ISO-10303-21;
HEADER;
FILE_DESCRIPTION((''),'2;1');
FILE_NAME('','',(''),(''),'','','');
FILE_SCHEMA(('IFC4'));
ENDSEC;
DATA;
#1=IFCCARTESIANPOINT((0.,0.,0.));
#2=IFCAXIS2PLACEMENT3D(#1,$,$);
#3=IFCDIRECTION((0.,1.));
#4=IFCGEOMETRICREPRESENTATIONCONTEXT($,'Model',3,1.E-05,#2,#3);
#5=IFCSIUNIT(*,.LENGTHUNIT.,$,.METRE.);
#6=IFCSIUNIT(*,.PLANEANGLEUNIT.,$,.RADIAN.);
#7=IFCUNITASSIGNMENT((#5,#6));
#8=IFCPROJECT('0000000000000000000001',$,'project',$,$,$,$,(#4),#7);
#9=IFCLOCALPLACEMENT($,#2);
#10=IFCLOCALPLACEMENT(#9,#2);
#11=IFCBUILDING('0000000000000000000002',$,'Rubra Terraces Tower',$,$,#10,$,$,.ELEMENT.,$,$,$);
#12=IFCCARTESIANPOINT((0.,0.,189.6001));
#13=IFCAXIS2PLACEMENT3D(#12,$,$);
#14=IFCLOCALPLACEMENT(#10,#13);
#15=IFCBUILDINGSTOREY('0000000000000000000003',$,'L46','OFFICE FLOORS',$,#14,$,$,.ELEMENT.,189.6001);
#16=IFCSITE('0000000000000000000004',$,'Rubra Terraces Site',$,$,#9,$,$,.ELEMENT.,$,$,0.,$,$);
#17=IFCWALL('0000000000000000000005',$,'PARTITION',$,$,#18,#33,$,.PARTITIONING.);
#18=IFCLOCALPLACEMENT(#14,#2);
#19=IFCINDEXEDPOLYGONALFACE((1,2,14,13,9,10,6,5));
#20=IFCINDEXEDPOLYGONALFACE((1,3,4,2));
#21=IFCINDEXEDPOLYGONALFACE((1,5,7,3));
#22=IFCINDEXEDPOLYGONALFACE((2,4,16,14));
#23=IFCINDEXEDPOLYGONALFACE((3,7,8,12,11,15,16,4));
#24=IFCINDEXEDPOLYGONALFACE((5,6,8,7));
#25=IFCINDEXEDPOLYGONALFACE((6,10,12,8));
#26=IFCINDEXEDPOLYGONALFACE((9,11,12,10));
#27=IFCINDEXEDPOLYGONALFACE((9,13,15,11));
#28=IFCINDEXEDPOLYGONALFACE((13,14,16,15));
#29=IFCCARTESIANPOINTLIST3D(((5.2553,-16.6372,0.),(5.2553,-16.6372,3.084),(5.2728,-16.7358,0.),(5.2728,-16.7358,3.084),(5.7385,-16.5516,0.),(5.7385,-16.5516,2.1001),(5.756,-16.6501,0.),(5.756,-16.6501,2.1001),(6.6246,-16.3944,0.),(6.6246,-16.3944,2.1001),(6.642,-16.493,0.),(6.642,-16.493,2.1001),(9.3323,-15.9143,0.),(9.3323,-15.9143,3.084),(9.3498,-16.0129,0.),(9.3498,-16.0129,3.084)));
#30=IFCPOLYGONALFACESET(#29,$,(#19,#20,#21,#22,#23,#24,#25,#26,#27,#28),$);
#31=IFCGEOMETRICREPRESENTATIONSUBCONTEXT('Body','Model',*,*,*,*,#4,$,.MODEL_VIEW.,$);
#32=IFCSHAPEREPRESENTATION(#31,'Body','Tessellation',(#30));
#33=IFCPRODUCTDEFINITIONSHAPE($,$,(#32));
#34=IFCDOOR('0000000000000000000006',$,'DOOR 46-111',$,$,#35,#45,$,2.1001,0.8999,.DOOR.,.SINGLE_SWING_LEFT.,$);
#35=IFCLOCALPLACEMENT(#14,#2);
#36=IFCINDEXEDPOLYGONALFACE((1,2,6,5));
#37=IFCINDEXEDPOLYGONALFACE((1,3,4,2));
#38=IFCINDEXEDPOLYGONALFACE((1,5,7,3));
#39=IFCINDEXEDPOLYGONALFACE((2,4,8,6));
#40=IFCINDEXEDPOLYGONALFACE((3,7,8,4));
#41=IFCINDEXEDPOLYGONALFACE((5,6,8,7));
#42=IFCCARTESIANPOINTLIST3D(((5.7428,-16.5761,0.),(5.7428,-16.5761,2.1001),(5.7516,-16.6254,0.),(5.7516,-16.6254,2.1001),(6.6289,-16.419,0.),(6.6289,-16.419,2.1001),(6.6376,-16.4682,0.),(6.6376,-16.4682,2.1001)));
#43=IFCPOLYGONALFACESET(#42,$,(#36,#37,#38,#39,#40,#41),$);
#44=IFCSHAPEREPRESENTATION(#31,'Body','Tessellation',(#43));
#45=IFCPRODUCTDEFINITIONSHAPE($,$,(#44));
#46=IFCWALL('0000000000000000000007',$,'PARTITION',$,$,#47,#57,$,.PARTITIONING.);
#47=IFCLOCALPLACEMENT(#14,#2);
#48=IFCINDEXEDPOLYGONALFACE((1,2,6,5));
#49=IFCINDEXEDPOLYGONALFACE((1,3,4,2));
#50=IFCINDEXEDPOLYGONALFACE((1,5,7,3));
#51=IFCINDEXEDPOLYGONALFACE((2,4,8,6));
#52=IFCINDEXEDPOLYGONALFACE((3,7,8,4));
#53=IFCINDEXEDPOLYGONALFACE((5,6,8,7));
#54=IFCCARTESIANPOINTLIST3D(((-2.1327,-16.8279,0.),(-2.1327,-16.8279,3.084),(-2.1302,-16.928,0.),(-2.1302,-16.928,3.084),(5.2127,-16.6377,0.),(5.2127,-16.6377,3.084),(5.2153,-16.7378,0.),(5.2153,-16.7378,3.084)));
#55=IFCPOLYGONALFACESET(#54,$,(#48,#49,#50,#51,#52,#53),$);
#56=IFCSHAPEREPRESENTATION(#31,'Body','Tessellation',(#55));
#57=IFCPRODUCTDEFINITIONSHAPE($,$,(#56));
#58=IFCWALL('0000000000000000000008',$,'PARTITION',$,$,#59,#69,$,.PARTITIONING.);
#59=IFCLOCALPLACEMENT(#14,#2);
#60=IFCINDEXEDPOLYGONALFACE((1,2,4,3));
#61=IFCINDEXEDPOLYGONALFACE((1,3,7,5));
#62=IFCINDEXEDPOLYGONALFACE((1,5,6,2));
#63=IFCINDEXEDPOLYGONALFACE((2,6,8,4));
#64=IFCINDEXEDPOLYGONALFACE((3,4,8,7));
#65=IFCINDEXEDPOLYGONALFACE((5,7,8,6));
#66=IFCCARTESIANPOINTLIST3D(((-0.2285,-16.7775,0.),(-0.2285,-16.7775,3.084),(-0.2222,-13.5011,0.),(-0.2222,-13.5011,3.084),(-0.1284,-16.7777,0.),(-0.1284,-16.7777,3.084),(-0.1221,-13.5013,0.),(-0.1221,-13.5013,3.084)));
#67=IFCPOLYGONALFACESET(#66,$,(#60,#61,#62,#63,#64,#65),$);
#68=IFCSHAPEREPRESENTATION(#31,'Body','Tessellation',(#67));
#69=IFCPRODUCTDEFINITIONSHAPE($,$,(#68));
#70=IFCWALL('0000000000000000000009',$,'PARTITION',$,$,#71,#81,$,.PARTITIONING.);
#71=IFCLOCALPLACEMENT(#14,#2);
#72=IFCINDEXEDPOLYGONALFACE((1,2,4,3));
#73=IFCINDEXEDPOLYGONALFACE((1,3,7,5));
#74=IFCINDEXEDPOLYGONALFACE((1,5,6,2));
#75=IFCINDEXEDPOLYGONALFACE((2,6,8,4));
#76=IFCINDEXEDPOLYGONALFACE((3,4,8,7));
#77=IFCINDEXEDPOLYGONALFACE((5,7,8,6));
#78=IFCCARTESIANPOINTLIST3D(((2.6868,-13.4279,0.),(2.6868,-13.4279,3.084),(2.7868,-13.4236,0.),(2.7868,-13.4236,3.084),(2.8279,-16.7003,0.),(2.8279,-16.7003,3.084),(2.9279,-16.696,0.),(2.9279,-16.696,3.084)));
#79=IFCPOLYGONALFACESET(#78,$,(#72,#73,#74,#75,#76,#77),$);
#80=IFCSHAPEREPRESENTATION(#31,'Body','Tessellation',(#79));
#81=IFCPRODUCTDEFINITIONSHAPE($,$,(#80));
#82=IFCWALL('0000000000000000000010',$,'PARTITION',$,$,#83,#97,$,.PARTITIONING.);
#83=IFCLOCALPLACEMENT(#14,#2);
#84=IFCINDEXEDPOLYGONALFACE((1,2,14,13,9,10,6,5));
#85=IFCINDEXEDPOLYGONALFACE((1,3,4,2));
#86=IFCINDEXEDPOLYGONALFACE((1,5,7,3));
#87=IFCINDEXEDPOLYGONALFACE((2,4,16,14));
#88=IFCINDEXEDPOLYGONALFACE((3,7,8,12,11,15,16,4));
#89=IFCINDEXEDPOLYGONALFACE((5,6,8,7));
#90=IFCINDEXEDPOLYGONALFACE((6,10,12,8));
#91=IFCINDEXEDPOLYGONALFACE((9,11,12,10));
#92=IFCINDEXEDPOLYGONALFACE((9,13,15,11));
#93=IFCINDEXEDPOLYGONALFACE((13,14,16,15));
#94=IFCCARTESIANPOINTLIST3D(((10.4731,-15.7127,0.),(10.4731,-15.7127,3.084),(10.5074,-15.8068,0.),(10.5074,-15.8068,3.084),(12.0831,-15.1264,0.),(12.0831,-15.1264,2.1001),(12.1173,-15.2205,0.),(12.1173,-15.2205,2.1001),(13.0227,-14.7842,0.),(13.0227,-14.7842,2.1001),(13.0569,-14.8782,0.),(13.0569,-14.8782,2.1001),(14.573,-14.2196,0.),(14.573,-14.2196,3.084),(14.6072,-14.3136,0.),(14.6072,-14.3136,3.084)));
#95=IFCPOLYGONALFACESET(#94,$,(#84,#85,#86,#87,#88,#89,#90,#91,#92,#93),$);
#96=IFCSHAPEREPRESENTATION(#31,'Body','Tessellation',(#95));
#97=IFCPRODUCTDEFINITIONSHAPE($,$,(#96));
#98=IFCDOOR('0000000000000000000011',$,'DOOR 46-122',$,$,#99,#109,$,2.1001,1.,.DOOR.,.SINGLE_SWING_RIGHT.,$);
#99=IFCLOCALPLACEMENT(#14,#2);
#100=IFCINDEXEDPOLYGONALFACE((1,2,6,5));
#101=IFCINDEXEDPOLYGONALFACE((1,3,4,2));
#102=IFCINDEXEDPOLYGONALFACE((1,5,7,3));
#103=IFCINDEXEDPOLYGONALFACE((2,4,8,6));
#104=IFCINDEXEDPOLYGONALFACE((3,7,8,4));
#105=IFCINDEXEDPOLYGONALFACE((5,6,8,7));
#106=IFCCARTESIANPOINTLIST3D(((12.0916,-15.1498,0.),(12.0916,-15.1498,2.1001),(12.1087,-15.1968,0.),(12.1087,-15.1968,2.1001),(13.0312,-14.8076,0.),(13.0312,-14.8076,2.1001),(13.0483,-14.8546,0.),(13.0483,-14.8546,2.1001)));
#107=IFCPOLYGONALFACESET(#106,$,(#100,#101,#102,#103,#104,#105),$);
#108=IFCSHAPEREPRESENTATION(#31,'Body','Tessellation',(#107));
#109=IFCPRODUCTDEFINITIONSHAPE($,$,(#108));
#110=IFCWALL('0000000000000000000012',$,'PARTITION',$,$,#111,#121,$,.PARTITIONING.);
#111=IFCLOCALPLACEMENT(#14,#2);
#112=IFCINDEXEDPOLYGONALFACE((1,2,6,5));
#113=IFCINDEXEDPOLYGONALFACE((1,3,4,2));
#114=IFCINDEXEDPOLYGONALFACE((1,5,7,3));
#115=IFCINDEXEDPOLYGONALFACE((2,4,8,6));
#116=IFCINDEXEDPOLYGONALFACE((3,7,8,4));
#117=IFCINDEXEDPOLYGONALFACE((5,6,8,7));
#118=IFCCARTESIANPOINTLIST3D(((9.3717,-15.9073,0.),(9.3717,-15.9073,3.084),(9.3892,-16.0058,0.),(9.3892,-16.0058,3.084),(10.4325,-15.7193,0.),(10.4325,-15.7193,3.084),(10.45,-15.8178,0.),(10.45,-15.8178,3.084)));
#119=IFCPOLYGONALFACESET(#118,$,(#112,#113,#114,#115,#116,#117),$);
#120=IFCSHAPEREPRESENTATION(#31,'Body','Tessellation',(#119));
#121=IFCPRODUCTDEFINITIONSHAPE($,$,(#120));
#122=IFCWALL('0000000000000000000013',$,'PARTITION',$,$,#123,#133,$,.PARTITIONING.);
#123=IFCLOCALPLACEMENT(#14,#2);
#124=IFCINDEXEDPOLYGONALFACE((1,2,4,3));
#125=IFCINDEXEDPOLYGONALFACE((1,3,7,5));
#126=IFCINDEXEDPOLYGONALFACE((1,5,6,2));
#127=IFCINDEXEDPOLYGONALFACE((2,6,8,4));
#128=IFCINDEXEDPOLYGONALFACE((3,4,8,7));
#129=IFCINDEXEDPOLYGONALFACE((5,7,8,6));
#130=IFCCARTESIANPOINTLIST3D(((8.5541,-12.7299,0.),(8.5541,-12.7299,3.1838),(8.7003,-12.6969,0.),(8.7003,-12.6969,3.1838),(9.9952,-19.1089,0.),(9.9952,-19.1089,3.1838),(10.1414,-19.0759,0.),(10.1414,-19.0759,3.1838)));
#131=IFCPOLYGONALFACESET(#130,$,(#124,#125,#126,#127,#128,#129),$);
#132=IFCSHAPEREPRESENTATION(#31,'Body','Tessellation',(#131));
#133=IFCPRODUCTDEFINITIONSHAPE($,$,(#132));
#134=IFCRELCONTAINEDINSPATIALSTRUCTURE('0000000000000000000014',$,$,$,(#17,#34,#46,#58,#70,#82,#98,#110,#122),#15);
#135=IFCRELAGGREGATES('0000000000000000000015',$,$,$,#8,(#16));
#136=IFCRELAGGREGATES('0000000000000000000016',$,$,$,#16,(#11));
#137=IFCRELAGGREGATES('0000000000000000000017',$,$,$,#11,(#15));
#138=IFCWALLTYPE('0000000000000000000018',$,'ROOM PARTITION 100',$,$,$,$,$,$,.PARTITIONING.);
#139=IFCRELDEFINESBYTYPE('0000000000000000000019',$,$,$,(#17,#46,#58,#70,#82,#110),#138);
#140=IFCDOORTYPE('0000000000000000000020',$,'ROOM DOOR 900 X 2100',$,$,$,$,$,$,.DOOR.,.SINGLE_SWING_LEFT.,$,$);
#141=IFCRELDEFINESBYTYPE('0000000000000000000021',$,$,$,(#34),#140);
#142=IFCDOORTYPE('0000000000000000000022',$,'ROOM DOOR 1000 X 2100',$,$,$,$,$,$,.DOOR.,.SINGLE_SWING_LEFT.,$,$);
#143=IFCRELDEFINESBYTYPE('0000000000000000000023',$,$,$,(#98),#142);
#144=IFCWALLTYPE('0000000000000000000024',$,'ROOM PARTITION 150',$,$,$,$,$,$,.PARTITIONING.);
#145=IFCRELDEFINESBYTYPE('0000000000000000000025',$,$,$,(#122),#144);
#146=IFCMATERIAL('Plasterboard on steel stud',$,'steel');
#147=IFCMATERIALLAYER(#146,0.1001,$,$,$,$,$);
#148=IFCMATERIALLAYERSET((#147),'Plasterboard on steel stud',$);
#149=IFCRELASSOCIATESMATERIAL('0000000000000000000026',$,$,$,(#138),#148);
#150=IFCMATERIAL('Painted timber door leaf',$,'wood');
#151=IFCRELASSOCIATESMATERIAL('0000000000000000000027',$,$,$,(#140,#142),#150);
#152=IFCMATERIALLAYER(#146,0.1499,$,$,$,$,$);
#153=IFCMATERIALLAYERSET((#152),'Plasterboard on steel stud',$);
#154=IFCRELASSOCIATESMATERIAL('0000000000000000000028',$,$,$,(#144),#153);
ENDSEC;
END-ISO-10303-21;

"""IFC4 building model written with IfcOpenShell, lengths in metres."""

from ifc_helpers import new_model, si_unit, direction, frame, frame_2d, origin, place, context, subcontext, project, spatial, rectangle, extrude, material, layer, layer_set, type_object, element, fill, save


model = new_model("IFC4")

# Units and contexts
model_context = context("Model", 3, precision=1e-05, world=origin(), true_north=direction((0.0, 1.0)))
body_context = subcontext(model_context, "Body", "Model", "MODEL_VIEW")
ifc_project = project(units=[si_unit("LENGTHUNIT", "METRE"), si_unit("PLANEANGLEUNIT", "RADIAN")], contexts=[model_context])

# Site, building, storey
site_placement = place(None, origin())
site = spatial("IfcSite", under=ifc_project, at=site_placement, Name="Rubra Terraces Site", CompositionType="ELEMENT", RefElevation=0.0)
building_placement = place(site_placement, origin())
building = spatial("IfcBuilding", under=site, at=building_placement, Name="Rubra Terraces Tower", CompositionType="ELEMENT")
storey_placement = place(building_placement, frame((0.0, 0.0, 189.6001)))
storey = spatial("IfcBuildingStorey", under=building, at=storey_placement, Name="L46", Description="OFFICE FLOORS", CompositionType="ELEMENT", Elevation=189.6001)

# Wall, opening, door
ifc_material_1 = material(Name="Plasterboard on steel stud", Category="steel")
ifc_layer_1 = layer(ifc_material_1, 0.1001)
ifc_layer_set_1 = layer_set([ifc_layer_1], Name="Plasterboard on steel stud")
wall_type_1 = type_object("IfcWallType", Name="ROOM PARTITION 100", PredefinedType="PARTITIONING", material=ifc_layer_set_1)
wall_1_placement = place(storey_placement, frame((9.3411, -15.9636, 0.0), z_axis=(0.0, 0.0, 1.0), x_axis=(-0.984643, -0.174582, 0.0)))
wall_1 = element("IfcWall", 1, at=wall_1_placement, inside=storey, type_object=wall_type_1, Name="PARTITION", PredefinedType="PARTITIONING", context=body_context, shape_type="SweptSolid", body=[
    extrude(rectangle(XDim=4.1406, YDim=0.1001, at=frame_2d((2.0703, 0.0))), origin(), (0.0, 0.0, 1.0), 3.084),
])
opening_1_placement = place(wall_1_placement, frame((2.75, 0.0, 0.0)))
opening_1 = element("IfcOpeningElement", 2, at=opening_1_placement, cuts=wall_1, PredefinedType="OPENING", context=body_context, shape_type="SweptSolid", body=[
    extrude(rectangle(XDim=0.8999, YDim=2.1001, at=frame_2d((0.45, 1.05))), frame((0.0, 0.0601, 0.0), z_axis=(0.0, -1.0, 0.0), x_axis=(1.0, 0.0, 0.0)), (0.0, 0.0, 1.0), 0.1201),
])
ifc_material_2 = material(Name="Painted timber door leaf", Category="wood")
door_type_1 = type_object("IfcDoorType", Name="ROOM DOOR 900 X 2100", OperationType="SINGLE_SWING_LEFT", PredefinedType="DOOR", material=ifc_material_2)
door_1_placement = place(opening_1_placement, origin())
door_1 = element("IfcDoor", 3, at=door_1_placement, inside=storey, type_object=door_type_1, Name="DOOR 46-111", OperationType="SINGLE_SWING_LEFT", OverallHeight=2.1001, OverallWidth=0.8999, PredefinedType="DOOR", context=body_context, shape_type="SweptSolid", body=[
    extrude(rectangle(XDim=0.8999, YDim=2.1001, at=frame_2d((0.45, 1.05))), frame((0.0, 0.0249, 0.0), z_axis=(0.0, -1.0, 0.0), x_axis=(1.0, 0.0, 0.0)), (0.0, 0.0, 1.0), 0.05),
])
fill(opening_1, door_1)

# Walls
wall_2_placement = place(storey_placement, frame((5.2139, -16.6877, 0.0), z_axis=(0.0, 0.0, 1.0), x_axis=(-0.999665, -0.025883, 0.0)))
element("IfcWall", 4, at=wall_2_placement, inside=storey, type_object=wall_type_1, Name="PARTITION", PredefinedType="PARTITIONING", context=body_context, shape_type="SweptSolid", body=[
    extrude(rectangle(XDim=7.3479, YDim=0.1001, at=frame_2d((3.6738, 0.0))), origin(), (0.0, 0.0, 1.0), 3.084),
])
wall_3_placement = place(storey_placement, frame((-0.1721, -13.5012, 0.0), z_axis=(0.0, 0.0, 1.0), x_axis=(-0.001937, -0.999998, 0.0)))
element("IfcWall", 5, at=wall_3_placement, inside=storey, type_object=wall_type_1, Name="PARTITION", PredefinedType="PARTITIONING", context=body_context, shape_type="SweptSolid", body=[
    extrude(rectangle(XDim=3.2764, YDim=0.1001, at=frame_2d((1.6382, 0.0))), origin(), (0.0, 0.0, 1.0), 3.084),
])
wall_4_placement = place(storey_placement, frame((2.7368, -13.4258, 0.0), z_axis=(0.0, 0.0, 1.0), x_axis=(0.043081, -0.999072, 0.0)))
element("IfcWall", 6, at=wall_4_placement, inside=storey, type_object=wall_type_1, Name="PARTITION", PredefinedType="PARTITIONING", context=body_context, shape_type="SweptSolid", body=[
    extrude(rectangle(XDim=3.2754, YDim=0.1001, at=frame_2d((1.6377, 0.0))), origin(), (0.0, 0.0, 1.0), 3.084),
])

# Wall, opening, door
wall_5_placement = place(storey_placement, frame((14.5901, -14.2666, 0.0), z_axis=(0.0, 0.0, 1.0), x_axis=(-0.939623, -0.34221, 0.0)))
wall_5 = element("IfcWall", 7, at=wall_5_placement, inside=storey, type_object=wall_type_1, Name="PARTITION", PredefinedType="PARTITIONING", context=body_context, shape_type="SweptSolid", body=[
    extrude(rectangle(XDim=4.3633, YDim=0.1001, at=frame_2d((2.1816, 0.0))), origin(), (0.0, 0.0, 1.0), 3.084),
])
opening_2_placement = place(wall_5_placement, frame((1.6499, 0.0, 0.0)))
opening_2 = element("IfcOpeningElement", 8, at=opening_2_placement, cuts=wall_5, PredefinedType="OPENING", context=body_context, shape_type="SweptSolid", body=[
    extrude(rectangle(XDim=1.0, YDim=2.1001, at=frame_2d((0.5, 1.05))), frame((0.0, 0.0601, 0.0), z_axis=(0.0, -1.0, 0.0), x_axis=(1.0, 0.0, 0.0)), (0.0, 0.0, 1.0), 0.1201),
])
door_type_2 = type_object("IfcDoorType", Name="ROOM DOOR 1000 X 2100", OperationType="SINGLE_SWING_LEFT", PredefinedType="DOOR", material=ifc_material_2)
door_2_placement = place(opening_2_placement, origin())
door_2 = element("IfcDoor", 9, at=door_2_placement, inside=storey, type_object=door_type_2, Name="DOOR 46-122", OperationType="SINGLE_SWING_RIGHT", OverallHeight=2.1001, OverallWidth=1.0, PredefinedType="DOOR", context=body_context, shape_type="SweptSolid", body=[
    extrude(rectangle(XDim=1.0, YDim=2.1001, at=frame_2d((0.5, 1.05))), frame((0.0, 0.0249, 0.0), z_axis=(0.0, -1.0, 0.0), x_axis=(1.0, 0.0, 0.0)), (0.0, 0.0, 1.0), 0.05),
])
fill(opening_2, door_2)

# Walls
wall_6_placement = place(storey_placement, frame((10.4412, -15.7686, 0.0), z_axis=(0.0, 0.0, 1.0), x_axis=(-0.984658, -0.174496, 0.0)))
element("IfcWall", 10, at=wall_6_placement, inside=storey, type_object=wall_type_1, Name="PARTITION", PredefinedType="PARTITIONING", context=body_context, shape_type="SweptSolid", body=[
    extrude(rectangle(XDim=1.0774, YDim=0.1001, at=frame_2d((0.5386, 0.0))), origin(), (0.0, 0.0, 1.0), 3.084),
])
ifc_layer_2 = layer(ifc_material_1, 0.1499)
ifc_layer_set_2 = layer_set([ifc_layer_2], Name="Plasterboard on steel stud")
wall_type_2 = type_object("IfcWallType", Name="ROOM PARTITION 150", PredefinedType="PARTITIONING", material=ifc_layer_set_2)
wall_7_placement = place(storey_placement, frame((10.0684, -19.0925, 0.0), z_axis=(0.0, 0.0, 1.0), x_axis=(-0.220364, 0.975418, 0.0)))
element("IfcWall", 11, at=wall_7_placement, inside=storey, type_object=wall_type_2, Name="PARTITION", PredefinedType="PARTITIONING", context=body_context, shape_type="SweptSolid", body=[
    extrude(rectangle(XDim=6.5398, YDim=0.1499, at=frame_2d((3.27, 0.0))), origin(), (0.0, 0.0, 1.0), 3.1838),
])

save(model, "model.ifc")
